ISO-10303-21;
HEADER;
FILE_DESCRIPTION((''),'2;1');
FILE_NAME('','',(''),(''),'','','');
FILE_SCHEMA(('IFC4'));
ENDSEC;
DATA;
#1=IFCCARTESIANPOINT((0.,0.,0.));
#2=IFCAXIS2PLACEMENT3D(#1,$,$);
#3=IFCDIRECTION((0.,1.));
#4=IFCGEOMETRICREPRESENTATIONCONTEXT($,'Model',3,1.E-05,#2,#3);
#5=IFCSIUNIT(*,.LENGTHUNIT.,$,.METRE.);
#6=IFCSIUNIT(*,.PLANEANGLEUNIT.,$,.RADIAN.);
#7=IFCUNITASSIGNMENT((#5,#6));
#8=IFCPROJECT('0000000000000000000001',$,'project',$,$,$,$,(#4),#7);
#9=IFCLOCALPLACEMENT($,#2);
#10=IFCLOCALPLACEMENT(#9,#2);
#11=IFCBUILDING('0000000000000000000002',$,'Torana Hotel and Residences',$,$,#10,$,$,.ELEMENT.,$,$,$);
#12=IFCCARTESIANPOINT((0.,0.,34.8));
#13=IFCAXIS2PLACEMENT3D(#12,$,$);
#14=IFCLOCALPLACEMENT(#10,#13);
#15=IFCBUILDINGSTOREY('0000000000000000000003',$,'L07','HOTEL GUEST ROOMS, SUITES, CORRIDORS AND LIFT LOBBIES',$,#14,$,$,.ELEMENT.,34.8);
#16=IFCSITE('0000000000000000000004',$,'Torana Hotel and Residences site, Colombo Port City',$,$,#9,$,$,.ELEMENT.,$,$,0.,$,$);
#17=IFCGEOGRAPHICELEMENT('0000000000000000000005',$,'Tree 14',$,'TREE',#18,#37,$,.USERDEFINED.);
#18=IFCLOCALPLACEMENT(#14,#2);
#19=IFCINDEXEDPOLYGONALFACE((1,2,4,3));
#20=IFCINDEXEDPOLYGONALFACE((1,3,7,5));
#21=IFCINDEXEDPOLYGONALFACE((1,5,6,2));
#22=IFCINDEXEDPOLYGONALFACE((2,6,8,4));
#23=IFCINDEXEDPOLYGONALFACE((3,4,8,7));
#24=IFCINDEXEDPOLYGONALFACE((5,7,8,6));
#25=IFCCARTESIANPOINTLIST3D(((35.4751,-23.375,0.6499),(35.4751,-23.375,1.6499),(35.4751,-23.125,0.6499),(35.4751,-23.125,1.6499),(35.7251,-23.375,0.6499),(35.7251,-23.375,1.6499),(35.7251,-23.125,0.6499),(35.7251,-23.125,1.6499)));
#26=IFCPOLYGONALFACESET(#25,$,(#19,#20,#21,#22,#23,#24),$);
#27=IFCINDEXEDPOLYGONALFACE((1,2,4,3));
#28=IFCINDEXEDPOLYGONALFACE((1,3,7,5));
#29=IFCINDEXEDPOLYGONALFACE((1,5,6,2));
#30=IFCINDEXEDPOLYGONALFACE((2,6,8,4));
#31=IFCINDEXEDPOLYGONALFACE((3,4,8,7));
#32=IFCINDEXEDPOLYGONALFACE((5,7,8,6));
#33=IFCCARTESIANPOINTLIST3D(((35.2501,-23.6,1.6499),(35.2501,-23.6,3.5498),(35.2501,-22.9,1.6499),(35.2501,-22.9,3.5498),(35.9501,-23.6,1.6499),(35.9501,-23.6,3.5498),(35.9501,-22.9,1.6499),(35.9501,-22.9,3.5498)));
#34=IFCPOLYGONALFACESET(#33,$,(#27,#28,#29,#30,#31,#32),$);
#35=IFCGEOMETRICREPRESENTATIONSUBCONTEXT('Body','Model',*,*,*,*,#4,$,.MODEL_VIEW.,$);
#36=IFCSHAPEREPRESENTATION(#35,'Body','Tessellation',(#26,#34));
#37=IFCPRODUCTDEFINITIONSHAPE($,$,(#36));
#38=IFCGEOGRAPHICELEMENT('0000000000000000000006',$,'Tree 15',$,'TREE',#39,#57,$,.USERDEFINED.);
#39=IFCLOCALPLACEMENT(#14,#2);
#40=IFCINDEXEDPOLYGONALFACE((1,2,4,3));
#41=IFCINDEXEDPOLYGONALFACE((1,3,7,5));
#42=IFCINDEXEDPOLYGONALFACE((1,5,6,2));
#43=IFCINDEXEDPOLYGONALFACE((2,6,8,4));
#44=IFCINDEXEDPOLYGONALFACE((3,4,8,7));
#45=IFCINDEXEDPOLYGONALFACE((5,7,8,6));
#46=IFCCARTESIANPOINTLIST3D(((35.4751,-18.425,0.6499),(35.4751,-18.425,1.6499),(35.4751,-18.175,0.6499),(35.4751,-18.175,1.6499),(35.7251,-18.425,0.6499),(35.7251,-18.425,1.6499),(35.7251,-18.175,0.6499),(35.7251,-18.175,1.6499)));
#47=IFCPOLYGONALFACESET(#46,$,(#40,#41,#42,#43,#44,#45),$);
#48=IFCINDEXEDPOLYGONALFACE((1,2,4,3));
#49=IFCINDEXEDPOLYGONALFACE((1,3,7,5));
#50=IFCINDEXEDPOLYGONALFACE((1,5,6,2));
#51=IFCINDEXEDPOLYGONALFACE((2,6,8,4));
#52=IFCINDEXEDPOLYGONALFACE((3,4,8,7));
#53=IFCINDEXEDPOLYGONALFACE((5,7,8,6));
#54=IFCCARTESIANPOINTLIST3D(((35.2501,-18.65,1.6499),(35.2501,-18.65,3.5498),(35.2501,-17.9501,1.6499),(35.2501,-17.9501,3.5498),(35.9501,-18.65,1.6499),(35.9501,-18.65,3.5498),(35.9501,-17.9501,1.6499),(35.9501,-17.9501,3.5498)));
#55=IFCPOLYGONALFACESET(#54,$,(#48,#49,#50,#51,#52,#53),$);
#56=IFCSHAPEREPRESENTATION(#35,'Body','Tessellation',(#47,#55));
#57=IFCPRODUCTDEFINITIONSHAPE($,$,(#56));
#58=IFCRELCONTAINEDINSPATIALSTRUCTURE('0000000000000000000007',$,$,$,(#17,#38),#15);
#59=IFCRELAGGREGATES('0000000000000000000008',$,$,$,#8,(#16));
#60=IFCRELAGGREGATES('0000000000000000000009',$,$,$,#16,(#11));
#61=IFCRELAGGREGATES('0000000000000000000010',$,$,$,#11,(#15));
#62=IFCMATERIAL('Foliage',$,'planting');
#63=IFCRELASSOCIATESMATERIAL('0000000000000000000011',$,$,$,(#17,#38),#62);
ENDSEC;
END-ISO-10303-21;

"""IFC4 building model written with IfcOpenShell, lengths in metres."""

from ifc_helpers import new_model, si_unit, direction, frame, origin, origin_2d, place, context, subcontext, project, spatial, rectangle, extrude, material, element, save


model = new_model("IFC4")

# Units and contexts
model_context = context("Model", 3, precision=1e-05, world=origin(), true_north=direction((0.0, 1.0)))
body_context = subcontext(model_context, "Body", "Model", "MODEL_VIEW")
ifc_project = project(units=[si_unit("LENGTHUNIT", "METRE"), si_unit("PLANEANGLEUNIT", "RADIAN")], contexts=[model_context])

# Site, building, storey
site_placement = place(None, origin())
site = spatial("IfcSite", under=ifc_project, at=site_placement, Name="Torana Hotel and Residences site, Colombo Port City", CompositionType="ELEMENT", RefElevation=0.0)
building_placement = place(site_placement, origin())
building = spatial("IfcBuilding", under=site, at=building_placement, Name="Torana Hotel and Residences", CompositionType="ELEMENT")
storey_placement = place(building_placement, frame((0.0, 0.0, 34.8)))
storey = spatial("IfcBuildingStorey", under=building, at=storey_placement, Name="L07", Description="HOTEL GUEST ROOMS, SUITES, CORRIDORS AND LIFT LOBBIES", CompositionType="ELEMENT", Elevation=34.8)

# Geographic elements
ifc_material_1 = material(Name="Foliage", Category="planting")
for number, where, z_axis, x_axis, name in (
    (1, (35.6001, -23.25, 0.6499), (0.0, 0.0, 1.0), (1.0, 0.0, 0.0), "Tree 14"),
    (2, (35.6001, -18.3, 0.6499), (0.0, 0.0, 1.0), (1.0, 0.0, 0.0), "Tree 15"),
):
    element("IfcGeographicElement", number, at=place(storey_placement, frame(where, z_axis=z_axis, x_axis=x_axis)), inside=storey, material=ifc_material_1, Name=name, ObjectType="TREE", PredefinedType="USERDEFINED", context=body_context, shape_type="SweptSolid", body=[
        extrude(rectangle(XDim=0.25, YDim=0.25, at=origin_2d()), origin(), (0.0, 0.0, 1.0), 1.0),
        extrude(rectangle(XDim=0.7, YDim=0.7, at=origin_2d()), frame((0.0, 0.0, 1.0)), (0.0, 0.0, 1.0), 1.8999),
    ])

save(model, "model.ifc")
